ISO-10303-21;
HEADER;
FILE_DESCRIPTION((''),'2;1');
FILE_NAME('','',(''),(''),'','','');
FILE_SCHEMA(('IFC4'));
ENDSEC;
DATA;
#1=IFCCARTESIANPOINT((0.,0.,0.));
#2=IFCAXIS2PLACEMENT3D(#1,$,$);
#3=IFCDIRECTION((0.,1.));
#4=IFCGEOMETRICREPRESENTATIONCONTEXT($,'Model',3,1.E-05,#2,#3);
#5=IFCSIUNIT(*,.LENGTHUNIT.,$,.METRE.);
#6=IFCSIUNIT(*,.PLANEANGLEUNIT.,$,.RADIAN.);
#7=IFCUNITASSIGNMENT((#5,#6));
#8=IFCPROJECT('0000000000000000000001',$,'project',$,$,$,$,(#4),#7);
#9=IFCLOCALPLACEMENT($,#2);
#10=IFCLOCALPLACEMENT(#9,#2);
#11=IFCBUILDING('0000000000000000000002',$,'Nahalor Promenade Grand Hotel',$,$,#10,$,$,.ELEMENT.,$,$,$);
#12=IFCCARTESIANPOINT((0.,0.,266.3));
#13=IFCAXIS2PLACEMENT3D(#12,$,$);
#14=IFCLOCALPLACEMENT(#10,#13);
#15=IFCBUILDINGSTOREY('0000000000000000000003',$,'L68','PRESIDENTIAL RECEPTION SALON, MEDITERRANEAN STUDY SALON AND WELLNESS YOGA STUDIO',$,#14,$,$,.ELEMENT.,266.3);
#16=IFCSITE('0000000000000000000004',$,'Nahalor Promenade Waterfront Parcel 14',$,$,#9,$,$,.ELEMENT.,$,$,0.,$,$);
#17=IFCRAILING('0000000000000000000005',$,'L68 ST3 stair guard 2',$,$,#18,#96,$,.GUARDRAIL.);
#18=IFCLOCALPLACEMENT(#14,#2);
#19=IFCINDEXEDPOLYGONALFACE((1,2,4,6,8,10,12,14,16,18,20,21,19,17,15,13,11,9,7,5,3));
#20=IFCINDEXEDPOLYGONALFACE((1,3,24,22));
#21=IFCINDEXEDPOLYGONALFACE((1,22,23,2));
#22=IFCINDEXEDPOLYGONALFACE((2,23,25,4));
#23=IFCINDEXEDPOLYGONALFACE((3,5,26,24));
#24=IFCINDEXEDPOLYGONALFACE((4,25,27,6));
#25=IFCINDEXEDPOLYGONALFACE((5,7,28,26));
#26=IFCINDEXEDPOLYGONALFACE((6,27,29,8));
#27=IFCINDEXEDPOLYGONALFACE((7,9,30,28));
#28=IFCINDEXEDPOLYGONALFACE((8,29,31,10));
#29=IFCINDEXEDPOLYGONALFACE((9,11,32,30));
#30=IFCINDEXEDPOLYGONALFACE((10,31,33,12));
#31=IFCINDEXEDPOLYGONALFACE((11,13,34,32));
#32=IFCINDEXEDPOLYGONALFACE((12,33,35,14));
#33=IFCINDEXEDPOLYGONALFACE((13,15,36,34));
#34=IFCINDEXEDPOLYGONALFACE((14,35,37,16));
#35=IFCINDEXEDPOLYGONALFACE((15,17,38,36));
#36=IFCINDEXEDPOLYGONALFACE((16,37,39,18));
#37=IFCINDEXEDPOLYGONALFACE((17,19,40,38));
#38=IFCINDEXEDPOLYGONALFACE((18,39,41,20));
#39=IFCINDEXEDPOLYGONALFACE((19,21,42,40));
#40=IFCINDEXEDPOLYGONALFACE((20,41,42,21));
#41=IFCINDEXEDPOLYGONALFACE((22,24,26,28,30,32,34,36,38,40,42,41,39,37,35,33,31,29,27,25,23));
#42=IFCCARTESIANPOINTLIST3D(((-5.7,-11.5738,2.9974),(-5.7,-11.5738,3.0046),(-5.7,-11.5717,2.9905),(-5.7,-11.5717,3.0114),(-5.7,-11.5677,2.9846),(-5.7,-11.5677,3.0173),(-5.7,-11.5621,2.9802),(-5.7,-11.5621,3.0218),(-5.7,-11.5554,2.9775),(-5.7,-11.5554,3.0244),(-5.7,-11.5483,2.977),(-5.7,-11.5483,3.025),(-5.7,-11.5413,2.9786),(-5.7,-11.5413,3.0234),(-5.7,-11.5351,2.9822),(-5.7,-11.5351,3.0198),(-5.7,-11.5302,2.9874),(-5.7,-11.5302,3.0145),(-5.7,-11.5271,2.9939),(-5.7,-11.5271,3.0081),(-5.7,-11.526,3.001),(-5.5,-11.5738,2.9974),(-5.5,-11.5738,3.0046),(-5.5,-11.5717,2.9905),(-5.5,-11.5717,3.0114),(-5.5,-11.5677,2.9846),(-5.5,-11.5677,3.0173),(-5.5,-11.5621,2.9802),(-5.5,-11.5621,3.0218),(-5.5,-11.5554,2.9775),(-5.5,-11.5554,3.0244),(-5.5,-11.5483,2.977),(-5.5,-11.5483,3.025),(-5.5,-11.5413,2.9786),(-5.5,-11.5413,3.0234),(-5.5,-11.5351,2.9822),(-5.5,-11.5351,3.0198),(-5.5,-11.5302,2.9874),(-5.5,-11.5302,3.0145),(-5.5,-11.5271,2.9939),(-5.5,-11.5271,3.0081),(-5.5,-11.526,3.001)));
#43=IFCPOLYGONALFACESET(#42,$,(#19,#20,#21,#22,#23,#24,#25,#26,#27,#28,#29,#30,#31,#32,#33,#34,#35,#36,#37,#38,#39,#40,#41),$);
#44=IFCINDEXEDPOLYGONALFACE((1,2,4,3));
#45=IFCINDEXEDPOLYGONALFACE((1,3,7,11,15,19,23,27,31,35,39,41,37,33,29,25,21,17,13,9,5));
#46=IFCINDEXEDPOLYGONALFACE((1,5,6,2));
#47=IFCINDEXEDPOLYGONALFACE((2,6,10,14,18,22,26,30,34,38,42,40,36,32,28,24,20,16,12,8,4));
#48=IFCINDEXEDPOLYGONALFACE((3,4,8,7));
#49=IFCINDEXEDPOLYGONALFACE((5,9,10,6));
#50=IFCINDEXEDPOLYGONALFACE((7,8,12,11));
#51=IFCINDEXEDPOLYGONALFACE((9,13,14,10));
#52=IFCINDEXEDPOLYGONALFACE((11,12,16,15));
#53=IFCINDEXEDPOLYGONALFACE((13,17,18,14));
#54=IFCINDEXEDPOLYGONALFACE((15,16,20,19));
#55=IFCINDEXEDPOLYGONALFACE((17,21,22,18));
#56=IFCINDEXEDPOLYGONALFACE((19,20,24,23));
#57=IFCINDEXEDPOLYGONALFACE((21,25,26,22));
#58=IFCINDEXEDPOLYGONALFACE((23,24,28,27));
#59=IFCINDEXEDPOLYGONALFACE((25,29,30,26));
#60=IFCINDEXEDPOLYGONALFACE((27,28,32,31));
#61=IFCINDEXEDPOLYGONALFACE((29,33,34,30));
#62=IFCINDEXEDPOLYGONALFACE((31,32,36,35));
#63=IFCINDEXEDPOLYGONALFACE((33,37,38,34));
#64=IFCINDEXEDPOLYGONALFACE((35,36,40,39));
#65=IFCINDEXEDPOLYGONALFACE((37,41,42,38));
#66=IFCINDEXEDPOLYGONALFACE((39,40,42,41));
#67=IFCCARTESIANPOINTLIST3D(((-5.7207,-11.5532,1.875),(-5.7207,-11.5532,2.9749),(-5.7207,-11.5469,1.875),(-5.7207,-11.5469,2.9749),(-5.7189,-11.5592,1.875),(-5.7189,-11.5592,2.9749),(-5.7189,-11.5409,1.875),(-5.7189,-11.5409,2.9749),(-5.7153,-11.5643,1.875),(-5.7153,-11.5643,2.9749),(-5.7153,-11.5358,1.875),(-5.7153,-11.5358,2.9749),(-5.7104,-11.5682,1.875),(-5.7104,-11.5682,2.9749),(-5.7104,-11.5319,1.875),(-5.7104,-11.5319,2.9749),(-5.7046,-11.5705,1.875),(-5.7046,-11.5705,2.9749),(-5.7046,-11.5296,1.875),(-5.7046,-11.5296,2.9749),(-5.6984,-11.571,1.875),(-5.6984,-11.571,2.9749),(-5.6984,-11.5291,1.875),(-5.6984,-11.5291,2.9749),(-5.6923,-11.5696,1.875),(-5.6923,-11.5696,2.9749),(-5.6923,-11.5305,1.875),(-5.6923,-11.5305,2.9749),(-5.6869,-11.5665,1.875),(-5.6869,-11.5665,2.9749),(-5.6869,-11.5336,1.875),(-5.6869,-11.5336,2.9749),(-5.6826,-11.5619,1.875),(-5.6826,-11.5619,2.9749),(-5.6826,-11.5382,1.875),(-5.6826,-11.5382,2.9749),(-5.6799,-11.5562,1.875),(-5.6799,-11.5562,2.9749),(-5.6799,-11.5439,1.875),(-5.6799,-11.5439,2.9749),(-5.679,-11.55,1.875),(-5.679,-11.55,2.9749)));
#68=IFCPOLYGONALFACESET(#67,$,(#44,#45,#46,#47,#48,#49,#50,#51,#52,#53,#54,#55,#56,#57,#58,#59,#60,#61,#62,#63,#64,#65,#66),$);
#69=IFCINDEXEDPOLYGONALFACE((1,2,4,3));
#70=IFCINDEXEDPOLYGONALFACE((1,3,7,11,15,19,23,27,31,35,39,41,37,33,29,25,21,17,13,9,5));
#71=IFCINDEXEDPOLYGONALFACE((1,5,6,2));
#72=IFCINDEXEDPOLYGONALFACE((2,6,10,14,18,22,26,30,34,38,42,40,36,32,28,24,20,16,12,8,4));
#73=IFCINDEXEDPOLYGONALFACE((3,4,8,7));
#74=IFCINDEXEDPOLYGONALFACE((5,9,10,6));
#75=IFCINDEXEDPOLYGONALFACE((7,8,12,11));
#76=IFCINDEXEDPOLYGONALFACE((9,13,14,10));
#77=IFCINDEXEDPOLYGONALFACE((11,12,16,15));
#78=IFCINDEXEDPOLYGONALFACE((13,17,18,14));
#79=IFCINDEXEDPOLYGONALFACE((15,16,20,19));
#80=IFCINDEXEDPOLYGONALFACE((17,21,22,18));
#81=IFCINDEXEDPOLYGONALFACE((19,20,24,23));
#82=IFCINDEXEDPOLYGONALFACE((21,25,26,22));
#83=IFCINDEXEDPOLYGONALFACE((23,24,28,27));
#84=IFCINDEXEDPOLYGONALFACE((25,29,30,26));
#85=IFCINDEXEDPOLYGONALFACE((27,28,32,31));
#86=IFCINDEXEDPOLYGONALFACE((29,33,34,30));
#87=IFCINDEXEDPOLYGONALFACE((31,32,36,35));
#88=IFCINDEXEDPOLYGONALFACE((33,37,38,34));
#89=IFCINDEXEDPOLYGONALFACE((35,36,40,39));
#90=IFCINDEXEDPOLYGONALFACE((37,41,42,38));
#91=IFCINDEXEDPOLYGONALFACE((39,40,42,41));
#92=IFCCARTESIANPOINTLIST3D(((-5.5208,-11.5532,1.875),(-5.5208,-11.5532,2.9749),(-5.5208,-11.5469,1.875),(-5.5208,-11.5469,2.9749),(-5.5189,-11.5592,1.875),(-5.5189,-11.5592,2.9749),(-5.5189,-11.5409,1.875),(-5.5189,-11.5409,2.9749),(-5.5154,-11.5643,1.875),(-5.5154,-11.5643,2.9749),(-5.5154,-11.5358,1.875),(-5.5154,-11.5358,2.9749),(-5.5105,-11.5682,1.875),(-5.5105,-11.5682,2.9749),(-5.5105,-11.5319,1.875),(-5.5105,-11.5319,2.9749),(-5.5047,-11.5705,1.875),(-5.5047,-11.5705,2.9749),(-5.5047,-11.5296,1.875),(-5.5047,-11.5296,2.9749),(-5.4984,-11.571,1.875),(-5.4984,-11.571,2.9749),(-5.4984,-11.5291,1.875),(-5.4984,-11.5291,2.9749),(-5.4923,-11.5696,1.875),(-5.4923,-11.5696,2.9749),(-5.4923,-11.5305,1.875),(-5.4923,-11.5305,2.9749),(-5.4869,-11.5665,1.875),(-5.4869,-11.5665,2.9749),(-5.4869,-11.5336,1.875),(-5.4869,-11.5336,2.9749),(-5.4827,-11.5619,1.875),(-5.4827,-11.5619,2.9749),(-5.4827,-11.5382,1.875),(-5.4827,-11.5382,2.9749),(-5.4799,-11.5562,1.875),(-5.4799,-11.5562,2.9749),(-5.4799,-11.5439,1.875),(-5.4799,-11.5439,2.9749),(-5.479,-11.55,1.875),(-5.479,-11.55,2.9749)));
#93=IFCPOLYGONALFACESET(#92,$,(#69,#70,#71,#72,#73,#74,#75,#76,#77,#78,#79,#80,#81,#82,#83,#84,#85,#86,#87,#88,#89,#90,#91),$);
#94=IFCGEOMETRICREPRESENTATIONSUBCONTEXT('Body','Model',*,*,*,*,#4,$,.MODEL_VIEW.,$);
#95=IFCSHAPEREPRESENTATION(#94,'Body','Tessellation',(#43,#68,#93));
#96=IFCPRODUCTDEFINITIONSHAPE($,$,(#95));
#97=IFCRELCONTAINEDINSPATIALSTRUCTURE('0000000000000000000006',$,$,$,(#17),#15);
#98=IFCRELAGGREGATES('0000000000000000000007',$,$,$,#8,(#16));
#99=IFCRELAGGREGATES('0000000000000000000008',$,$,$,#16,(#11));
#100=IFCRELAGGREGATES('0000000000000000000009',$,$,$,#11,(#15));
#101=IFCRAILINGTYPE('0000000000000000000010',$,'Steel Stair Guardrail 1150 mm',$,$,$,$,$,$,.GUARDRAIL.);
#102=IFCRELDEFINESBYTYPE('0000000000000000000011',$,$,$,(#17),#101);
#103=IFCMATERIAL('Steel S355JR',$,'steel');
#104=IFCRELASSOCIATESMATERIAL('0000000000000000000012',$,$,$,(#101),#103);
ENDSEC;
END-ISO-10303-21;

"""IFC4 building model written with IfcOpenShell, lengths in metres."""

from ifc_helpers import new_model, si_unit, direction, frame, origin, origin_2d, place, context, subcontext, project, spatial, circle, extrude, material, type_object, element, save


model = new_model("IFC4")

# Units and contexts
model_context = context("Model", 3, precision=1e-05, world=origin(), true_north=direction((0.0, 1.0)))
body_context = subcontext(model_context, "Body", "Model", "MODEL_VIEW")
ifc_project = project(units=[si_unit("LENGTHUNIT", "METRE"), si_unit("PLANEANGLEUNIT", "RADIAN")], contexts=[model_context])

# Site, building, storey
site_placement = place(None, origin())
site = spatial("IfcSite", under=ifc_project, at=site_placement, Name="Nahalor Promenade Waterfront Parcel 14", CompositionType="ELEMENT", RefElevation=0.0)
building_placement = place(site_placement, origin())
building = spatial("IfcBuilding", under=site, at=building_placement, Name="Nahalor Promenade Grand Hotel", CompositionType="ELEMENT")
storey_placement = place(building_placement, frame((0.0, 0.0, 266.3)))
storey = spatial("IfcBuildingStorey", under=building, at=storey_placement, Name="L68", Description="PRESIDENTIAL RECEPTION SALON, MEDITERRANEAN STUDY SALON AND WELLNESS YOGA STUDIO", CompositionType="ELEMENT", Elevation=266.3)

# Shared definitions
ifc_material_1 = material(Name="Steel S355JR", Category="steel")

# Railing
railing_type_1 = type_object("IfcRailingType", Name="Steel Stair Guardrail 1150 mm", PredefinedType="GUARDRAIL", material=ifc_material_1)
railing_1_placement = place(storey_placement, frame((-5.7, -11.55, 1.875)))
element("IfcRailing", 1, at=railing_1_placement, inside=storey, type_object=railing_type_1, Name="L68 ST3 stair guard 2", PredefinedType="GUARDRAIL", context=body_context, shape_type="SweptSolid", body=[
    extrude(circle(Radius=0.024, at=origin_2d()), frame((0.0, 0.0, 1.126), z_axis=(1.0, 0.0, 0.0), x_axis=(0.0, 1.0, 0.0)), (0.0, 0.0, 1.0), 0.2),
    extrude(circle(Radius=0.021, at=origin_2d()), origin(), (0.0, 0.0, 1.0), 1.0999),
    extrude(circle(Radius=0.021, at=origin_2d()), frame((0.2, 0.0, 0.0)), (0.0, 0.0, 1.0), 1.0999),
])

save(model, "model.ifc")
